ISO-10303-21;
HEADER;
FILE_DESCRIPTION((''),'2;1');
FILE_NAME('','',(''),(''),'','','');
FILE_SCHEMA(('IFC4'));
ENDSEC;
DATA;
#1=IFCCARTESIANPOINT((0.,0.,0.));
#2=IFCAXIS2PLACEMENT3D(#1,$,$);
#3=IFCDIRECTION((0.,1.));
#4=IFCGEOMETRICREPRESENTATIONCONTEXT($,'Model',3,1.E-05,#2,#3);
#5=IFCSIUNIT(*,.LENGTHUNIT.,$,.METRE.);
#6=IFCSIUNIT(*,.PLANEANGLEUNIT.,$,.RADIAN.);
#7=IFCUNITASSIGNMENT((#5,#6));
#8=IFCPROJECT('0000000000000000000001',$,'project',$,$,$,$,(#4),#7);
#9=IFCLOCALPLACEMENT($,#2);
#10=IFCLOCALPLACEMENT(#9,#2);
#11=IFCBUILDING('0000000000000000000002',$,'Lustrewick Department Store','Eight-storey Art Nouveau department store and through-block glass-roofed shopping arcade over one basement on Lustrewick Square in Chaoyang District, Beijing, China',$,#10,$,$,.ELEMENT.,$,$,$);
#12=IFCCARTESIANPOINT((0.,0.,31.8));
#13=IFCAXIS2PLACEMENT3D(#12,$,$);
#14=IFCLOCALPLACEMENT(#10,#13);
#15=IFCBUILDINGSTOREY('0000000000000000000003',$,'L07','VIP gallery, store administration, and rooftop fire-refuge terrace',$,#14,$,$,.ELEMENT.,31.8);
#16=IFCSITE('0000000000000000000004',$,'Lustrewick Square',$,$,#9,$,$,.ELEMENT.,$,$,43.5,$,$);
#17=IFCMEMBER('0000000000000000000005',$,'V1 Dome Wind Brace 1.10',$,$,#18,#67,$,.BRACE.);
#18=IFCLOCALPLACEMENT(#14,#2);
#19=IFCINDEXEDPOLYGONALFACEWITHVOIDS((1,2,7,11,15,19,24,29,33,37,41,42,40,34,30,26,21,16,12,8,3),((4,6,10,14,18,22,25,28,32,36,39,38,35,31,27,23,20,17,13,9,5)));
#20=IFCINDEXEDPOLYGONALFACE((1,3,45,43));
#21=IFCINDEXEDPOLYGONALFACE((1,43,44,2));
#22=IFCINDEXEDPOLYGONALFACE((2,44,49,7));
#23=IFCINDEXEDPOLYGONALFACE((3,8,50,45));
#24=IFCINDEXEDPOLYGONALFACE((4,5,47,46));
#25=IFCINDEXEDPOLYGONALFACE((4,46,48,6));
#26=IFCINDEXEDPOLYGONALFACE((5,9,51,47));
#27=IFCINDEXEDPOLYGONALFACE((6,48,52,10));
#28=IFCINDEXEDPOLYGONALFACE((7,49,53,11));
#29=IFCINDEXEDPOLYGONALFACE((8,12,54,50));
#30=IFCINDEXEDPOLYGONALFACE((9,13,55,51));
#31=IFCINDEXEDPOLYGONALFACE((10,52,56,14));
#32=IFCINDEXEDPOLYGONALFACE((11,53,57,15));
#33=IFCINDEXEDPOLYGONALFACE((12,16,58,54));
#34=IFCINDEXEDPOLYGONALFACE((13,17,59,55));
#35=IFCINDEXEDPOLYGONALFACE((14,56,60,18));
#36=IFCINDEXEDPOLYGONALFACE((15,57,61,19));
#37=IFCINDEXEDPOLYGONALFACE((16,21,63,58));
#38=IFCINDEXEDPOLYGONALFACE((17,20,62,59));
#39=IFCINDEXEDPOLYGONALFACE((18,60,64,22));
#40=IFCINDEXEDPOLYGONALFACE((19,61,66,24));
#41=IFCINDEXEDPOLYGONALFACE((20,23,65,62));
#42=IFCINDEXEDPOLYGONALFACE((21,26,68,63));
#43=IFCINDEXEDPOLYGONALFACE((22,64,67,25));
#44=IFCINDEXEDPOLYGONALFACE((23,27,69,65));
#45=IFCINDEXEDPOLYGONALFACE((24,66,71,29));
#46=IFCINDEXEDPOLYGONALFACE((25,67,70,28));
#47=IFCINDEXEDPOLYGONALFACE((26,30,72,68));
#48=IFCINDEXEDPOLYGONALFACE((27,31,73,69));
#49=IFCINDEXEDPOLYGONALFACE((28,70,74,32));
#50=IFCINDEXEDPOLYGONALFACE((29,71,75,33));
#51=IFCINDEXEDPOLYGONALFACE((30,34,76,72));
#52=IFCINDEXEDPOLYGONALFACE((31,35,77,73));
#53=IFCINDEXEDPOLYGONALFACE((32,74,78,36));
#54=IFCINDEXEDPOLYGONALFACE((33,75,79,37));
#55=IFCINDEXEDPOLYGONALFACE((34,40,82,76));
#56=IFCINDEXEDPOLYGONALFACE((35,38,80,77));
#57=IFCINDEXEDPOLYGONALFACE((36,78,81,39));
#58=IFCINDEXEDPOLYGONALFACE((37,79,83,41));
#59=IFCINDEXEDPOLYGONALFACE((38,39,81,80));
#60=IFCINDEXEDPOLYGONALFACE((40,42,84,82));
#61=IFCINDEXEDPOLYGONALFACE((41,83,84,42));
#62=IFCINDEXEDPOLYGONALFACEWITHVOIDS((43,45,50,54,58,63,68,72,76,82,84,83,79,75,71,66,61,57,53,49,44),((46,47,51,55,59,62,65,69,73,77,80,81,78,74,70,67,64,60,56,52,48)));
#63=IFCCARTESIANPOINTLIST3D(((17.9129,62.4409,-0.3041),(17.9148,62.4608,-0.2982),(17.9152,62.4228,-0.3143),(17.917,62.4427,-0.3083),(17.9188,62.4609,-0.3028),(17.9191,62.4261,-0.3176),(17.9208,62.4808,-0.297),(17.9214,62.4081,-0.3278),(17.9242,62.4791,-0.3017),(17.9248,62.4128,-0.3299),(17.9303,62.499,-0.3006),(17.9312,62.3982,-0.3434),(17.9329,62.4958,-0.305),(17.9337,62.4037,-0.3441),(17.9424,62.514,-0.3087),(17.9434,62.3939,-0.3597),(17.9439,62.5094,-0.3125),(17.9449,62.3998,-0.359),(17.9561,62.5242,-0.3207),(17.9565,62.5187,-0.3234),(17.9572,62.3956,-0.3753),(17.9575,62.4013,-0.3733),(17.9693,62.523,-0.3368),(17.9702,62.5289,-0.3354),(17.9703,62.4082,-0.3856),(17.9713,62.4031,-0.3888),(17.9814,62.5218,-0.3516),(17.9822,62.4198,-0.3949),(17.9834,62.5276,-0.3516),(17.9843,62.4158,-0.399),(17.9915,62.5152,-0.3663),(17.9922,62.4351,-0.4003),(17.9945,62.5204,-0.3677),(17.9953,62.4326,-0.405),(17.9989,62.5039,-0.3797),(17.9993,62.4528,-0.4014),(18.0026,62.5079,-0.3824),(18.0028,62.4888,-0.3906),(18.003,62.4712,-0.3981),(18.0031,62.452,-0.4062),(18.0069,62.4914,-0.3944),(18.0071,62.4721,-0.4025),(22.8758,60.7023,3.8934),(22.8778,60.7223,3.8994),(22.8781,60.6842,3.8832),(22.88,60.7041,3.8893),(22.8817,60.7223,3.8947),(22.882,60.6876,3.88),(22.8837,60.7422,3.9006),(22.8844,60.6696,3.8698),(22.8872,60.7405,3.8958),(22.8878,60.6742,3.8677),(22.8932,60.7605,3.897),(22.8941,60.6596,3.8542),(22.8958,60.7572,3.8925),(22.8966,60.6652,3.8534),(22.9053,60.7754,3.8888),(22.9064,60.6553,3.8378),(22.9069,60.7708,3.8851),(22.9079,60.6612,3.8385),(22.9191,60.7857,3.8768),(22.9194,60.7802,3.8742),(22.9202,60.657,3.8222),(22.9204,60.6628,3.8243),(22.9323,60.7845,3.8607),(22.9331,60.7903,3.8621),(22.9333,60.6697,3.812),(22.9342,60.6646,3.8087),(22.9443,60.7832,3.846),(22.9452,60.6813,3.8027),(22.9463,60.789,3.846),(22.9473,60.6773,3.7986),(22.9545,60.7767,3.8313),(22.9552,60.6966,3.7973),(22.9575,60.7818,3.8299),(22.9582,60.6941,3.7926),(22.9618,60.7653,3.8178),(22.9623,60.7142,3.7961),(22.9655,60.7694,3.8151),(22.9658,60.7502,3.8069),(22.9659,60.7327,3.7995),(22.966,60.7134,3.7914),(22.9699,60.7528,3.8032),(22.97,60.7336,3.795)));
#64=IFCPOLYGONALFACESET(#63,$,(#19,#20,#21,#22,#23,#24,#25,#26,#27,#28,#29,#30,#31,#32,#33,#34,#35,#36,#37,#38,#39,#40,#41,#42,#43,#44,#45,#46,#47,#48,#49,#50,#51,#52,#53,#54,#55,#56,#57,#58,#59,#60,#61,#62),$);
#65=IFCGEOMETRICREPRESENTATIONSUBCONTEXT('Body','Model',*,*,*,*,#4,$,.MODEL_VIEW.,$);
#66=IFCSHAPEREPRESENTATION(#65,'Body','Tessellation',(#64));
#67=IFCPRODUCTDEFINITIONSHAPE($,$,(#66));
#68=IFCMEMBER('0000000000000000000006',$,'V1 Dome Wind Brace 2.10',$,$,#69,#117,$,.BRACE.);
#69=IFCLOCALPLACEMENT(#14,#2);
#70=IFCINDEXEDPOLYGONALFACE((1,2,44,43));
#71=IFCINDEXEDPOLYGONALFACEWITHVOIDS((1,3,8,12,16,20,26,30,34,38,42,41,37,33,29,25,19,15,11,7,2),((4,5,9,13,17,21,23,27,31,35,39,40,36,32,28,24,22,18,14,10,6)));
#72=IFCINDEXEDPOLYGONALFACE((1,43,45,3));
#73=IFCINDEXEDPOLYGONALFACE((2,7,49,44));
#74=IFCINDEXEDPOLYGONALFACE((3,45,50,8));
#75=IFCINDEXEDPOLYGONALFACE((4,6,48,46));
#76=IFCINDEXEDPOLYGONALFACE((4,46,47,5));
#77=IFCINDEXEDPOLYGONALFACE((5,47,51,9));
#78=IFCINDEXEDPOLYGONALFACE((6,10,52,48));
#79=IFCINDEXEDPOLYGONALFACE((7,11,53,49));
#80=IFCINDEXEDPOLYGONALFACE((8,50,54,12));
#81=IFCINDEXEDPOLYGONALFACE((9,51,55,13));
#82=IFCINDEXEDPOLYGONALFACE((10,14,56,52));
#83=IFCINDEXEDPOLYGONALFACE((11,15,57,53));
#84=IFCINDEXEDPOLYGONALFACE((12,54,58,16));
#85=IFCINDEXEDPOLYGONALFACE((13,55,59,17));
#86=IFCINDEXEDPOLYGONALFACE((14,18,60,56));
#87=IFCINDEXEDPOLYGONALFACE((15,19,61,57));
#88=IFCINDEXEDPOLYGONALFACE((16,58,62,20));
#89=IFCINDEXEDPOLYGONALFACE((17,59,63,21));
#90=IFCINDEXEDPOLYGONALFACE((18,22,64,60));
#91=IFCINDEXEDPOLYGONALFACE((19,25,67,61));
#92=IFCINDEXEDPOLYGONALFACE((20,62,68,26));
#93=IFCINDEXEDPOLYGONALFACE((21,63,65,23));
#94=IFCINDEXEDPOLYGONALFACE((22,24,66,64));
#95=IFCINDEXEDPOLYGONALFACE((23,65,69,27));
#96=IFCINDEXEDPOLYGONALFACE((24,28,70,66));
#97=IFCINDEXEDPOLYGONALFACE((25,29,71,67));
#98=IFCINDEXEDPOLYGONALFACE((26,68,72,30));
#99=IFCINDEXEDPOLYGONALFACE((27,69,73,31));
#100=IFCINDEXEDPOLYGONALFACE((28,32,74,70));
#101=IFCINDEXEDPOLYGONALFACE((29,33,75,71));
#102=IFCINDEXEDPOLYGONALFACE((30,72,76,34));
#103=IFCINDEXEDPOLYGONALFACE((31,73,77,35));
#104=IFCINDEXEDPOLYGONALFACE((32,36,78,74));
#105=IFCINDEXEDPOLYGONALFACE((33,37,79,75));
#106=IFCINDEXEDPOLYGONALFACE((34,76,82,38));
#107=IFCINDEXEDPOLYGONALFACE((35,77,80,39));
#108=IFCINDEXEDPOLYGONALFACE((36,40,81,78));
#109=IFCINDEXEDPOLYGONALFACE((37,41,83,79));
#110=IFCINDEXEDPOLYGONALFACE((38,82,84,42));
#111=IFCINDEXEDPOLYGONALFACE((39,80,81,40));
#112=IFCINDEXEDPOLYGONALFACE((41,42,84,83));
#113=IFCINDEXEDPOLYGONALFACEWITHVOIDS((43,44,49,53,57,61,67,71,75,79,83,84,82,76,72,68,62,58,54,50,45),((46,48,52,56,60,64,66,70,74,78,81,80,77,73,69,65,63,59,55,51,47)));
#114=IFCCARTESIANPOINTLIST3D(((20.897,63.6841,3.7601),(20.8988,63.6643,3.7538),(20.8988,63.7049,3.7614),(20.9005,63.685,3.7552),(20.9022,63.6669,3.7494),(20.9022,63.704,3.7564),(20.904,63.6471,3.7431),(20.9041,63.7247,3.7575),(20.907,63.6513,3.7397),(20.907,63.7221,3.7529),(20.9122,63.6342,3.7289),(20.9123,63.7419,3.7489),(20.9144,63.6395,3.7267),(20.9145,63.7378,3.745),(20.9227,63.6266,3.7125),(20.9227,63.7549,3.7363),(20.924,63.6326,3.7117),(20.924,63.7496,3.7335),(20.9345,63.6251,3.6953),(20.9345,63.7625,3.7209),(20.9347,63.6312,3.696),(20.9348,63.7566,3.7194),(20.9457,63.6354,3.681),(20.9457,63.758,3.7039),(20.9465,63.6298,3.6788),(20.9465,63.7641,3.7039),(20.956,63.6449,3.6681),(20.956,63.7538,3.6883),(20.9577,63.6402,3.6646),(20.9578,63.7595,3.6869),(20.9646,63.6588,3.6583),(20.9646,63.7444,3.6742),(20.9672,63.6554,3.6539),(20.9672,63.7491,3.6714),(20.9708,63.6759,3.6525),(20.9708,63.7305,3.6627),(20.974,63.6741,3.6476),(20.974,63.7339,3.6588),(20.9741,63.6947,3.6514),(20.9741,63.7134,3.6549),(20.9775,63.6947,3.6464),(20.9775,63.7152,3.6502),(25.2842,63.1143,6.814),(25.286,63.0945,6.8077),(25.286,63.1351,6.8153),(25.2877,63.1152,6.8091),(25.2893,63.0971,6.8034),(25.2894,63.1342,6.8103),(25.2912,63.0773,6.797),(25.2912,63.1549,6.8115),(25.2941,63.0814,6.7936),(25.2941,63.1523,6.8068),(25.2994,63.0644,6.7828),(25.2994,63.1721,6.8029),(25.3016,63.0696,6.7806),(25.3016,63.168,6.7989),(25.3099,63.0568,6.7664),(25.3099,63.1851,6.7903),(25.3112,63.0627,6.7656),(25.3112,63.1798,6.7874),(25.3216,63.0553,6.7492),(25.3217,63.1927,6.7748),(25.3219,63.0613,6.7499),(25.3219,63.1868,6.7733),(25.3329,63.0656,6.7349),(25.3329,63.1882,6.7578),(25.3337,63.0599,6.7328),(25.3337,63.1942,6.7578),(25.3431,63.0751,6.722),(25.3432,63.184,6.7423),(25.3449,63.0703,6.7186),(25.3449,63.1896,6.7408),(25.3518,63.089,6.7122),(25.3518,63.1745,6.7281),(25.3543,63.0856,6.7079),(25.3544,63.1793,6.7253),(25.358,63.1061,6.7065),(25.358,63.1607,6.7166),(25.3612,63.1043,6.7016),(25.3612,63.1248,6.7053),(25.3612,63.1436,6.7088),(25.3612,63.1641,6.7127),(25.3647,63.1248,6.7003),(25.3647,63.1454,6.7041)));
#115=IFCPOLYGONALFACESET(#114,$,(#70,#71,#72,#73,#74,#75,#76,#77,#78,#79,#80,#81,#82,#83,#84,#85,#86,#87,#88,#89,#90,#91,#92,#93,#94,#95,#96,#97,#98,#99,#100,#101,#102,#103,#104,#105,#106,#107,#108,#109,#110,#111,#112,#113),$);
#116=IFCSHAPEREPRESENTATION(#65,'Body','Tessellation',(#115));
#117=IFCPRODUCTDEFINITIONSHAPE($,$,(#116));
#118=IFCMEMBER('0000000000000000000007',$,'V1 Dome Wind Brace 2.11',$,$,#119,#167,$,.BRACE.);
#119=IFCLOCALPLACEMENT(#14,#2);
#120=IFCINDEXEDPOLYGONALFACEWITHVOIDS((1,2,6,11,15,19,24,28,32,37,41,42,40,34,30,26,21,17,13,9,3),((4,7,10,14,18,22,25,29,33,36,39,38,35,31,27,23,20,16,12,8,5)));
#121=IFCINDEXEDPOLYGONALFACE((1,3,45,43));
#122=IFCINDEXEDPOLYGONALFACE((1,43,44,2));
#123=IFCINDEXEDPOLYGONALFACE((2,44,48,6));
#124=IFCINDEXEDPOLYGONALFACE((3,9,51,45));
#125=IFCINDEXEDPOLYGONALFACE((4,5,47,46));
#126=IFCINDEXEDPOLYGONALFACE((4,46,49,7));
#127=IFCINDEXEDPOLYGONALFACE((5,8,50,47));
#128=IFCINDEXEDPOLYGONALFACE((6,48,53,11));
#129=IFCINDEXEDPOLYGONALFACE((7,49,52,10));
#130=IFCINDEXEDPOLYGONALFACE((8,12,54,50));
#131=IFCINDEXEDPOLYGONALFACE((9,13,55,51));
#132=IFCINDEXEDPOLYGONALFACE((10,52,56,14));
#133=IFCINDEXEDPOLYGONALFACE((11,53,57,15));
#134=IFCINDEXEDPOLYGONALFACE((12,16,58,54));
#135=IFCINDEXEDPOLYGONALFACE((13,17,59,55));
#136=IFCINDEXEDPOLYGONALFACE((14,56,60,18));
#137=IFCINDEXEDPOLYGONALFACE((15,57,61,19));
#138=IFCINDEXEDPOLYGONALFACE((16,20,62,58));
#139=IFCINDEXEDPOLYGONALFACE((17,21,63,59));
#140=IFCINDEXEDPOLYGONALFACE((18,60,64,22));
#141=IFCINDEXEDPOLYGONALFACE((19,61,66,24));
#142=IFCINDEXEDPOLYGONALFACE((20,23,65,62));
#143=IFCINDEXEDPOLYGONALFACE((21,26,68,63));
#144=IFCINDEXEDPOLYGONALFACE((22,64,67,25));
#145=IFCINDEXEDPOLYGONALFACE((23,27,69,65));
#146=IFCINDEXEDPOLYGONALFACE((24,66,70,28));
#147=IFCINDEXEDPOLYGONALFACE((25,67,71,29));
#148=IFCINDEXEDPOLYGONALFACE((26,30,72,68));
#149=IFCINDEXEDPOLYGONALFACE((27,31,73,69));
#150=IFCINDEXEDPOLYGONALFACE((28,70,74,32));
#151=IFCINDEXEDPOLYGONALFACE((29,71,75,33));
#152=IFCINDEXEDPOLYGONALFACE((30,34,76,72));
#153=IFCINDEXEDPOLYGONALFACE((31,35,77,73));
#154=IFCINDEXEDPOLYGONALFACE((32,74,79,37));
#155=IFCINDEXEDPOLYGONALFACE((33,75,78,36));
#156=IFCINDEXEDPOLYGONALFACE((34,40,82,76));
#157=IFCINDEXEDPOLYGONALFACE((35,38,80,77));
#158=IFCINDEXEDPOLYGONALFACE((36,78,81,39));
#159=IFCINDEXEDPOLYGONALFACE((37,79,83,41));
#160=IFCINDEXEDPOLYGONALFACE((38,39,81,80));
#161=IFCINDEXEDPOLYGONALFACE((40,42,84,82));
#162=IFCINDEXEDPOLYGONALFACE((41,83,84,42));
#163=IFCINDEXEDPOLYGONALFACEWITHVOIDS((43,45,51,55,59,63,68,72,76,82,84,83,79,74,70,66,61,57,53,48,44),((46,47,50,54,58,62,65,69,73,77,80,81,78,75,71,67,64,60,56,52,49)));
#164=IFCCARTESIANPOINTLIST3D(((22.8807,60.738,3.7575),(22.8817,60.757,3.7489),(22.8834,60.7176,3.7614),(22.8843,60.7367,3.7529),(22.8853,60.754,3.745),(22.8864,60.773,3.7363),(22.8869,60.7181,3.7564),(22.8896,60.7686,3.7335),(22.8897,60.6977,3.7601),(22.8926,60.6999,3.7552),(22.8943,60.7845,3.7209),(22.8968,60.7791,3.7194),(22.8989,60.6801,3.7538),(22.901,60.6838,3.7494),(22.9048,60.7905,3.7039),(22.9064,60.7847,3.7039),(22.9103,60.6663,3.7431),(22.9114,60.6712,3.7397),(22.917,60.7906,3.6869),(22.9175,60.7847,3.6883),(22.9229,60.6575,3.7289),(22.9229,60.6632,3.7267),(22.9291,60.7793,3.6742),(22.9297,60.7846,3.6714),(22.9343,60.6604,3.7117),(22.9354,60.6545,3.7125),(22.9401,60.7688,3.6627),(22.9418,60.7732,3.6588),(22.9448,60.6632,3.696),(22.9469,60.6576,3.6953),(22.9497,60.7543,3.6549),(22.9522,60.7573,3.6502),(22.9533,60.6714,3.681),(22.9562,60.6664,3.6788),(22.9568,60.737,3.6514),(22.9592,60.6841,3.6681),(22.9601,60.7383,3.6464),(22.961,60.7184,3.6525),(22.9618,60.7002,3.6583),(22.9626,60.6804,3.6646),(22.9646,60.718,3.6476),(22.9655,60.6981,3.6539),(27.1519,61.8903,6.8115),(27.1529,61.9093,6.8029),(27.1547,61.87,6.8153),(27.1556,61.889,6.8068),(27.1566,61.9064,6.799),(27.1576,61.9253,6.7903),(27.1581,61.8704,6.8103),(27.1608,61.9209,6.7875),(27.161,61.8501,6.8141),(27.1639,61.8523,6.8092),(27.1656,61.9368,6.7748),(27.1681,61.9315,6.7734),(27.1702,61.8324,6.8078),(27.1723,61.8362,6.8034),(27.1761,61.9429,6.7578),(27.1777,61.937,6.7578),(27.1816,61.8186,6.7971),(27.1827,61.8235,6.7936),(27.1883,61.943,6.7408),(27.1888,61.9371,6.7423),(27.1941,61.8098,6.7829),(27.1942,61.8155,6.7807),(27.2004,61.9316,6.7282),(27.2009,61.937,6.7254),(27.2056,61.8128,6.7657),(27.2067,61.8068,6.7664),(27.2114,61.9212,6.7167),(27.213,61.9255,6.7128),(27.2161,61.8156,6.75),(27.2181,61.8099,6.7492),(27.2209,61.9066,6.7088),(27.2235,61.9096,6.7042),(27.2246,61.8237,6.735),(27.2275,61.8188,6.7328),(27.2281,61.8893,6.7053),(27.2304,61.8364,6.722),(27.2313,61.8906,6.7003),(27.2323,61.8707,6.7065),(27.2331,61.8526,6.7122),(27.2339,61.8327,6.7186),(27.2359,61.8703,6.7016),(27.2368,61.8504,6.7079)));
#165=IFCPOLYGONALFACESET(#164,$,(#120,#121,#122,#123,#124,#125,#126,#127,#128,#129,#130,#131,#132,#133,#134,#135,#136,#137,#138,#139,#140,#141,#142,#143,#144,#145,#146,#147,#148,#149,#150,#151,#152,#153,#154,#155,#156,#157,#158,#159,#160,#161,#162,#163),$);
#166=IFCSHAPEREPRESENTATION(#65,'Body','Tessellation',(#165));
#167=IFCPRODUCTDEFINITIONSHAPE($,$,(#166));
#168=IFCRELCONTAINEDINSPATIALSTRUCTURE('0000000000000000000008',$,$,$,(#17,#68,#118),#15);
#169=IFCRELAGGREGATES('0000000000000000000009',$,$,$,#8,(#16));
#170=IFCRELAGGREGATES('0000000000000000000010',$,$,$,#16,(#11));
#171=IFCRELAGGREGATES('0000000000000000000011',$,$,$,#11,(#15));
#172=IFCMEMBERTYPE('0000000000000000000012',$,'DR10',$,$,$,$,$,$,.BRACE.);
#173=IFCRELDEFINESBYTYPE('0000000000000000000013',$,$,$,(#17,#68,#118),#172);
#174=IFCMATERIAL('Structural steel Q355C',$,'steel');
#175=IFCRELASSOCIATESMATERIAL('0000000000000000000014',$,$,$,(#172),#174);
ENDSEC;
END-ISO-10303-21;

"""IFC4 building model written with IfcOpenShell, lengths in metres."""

from ifc_helpers import new_model, si_unit, direction, frame, origin, origin_2d, place, context, subcontext, project, spatial, hollow_circle, extrude, material, material_profile, profile_set, type_object, element, save


model = new_model("IFC4")

# Units and contexts
model_context = context("Model", 3, precision=1e-05, world=origin(), true_north=direction((0.0, 1.0)))
body_context = subcontext(model_context, "Body", "Model", "MODEL_VIEW")
ifc_project = project(units=[si_unit("LENGTHUNIT", "METRE"), si_unit("PLANEANGLEUNIT", "RADIAN")], contexts=[model_context])

# Site, building, storey
site_placement = place(None, origin())
site = spatial("IfcSite", under=ifc_project, at=site_placement, Name="Lustrewick Square", CompositionType="ELEMENT", RefElevation=43.5)
building_placement = place(site_placement, origin())
building = spatial("IfcBuilding", under=site, at=building_placement, Name="Lustrewick Department Store", Description="Eight-storey Art Nouveau department store and through-block glass-roofed shopping arcade over one basement on Lustrewick Square in Chaoyang District, Beijing, China", CompositionType="ELEMENT")
storey_placement = place(building_placement, frame((0.0, 0.0, 31.8)))
storey = spatial("IfcBuildingStorey", under=building, at=storey_placement, Name="L07", Description="VIP gallery, store administration, and rooftop fire-refuge terrace", CompositionType="ELEMENT", Elevation=31.8)

# Members
ifc_material_1 = material(Name="Structural steel Q355C", Category="steel")
ifc_material_profile_1 = material_profile(ifc_material_1, hollow_circle(Radius=0.0701, WallThickness=0.0061, at=origin_2d()), Name="CHS 140x6")
ifc_profile_set_1 = profile_set([ifc_material_profile_1], Name="Structural steel Q355C")
member_type_1 = type_object("IfcMemberType", Name="DR10", PredefinedType="BRACE", material=ifc_profile_set_1)
member_1_placement = place(storey_placement, frame((17.9602, 62.4614, -0.3516), z_axis=(0.7376, -0.258385, 0.623846), x_axis=(0.330607, 0.943769, 0.0)))
element("IfcMember", 1, at=member_1_placement, inside=storey, type_object=member_type_1, Name="V1 Dome Wind Brace 1.10", PredefinedType="BRACE", context=body_context, shape_type="SweptSolid", body=[
    extrude(hollow_circle(Radius=0.0701, WallThickness=0.0061, at=origin_2d()), origin(), (0.0, 0.0, 1.0), 6.7285),
])
for number, where, z_axis, x_axis, name in (
    (2, (20.9375, 63.6946, 3.7039), (0.816107, -0.105999, 0.568096), (0.128801, 0.99167, 0.0), "V1 Dome Wind Brace 2.10"),
    (3, (22.9231, 60.7229, 3.7039), (0.794548, 0.214362, 0.568105), (-0.260478, 0.96548, 0.0), "V1 Dome Wind Brace 2.11"),
):
    element("IfcMember", number, at=place(storey_placement, frame(where, z_axis=z_axis, x_axis=x_axis)), inside=storey, type_object=member_type_1, Name=name, PredefinedType="BRACE", context=body_context, shape_type="SweptSolid", body=[
        extrude(hollow_circle(Radius=0.0701, WallThickness=0.0061, at=origin_2d()), origin(), (0.0, 0.0, 1.0), 5.3757),
    ])

save(model, "model.ifc")
